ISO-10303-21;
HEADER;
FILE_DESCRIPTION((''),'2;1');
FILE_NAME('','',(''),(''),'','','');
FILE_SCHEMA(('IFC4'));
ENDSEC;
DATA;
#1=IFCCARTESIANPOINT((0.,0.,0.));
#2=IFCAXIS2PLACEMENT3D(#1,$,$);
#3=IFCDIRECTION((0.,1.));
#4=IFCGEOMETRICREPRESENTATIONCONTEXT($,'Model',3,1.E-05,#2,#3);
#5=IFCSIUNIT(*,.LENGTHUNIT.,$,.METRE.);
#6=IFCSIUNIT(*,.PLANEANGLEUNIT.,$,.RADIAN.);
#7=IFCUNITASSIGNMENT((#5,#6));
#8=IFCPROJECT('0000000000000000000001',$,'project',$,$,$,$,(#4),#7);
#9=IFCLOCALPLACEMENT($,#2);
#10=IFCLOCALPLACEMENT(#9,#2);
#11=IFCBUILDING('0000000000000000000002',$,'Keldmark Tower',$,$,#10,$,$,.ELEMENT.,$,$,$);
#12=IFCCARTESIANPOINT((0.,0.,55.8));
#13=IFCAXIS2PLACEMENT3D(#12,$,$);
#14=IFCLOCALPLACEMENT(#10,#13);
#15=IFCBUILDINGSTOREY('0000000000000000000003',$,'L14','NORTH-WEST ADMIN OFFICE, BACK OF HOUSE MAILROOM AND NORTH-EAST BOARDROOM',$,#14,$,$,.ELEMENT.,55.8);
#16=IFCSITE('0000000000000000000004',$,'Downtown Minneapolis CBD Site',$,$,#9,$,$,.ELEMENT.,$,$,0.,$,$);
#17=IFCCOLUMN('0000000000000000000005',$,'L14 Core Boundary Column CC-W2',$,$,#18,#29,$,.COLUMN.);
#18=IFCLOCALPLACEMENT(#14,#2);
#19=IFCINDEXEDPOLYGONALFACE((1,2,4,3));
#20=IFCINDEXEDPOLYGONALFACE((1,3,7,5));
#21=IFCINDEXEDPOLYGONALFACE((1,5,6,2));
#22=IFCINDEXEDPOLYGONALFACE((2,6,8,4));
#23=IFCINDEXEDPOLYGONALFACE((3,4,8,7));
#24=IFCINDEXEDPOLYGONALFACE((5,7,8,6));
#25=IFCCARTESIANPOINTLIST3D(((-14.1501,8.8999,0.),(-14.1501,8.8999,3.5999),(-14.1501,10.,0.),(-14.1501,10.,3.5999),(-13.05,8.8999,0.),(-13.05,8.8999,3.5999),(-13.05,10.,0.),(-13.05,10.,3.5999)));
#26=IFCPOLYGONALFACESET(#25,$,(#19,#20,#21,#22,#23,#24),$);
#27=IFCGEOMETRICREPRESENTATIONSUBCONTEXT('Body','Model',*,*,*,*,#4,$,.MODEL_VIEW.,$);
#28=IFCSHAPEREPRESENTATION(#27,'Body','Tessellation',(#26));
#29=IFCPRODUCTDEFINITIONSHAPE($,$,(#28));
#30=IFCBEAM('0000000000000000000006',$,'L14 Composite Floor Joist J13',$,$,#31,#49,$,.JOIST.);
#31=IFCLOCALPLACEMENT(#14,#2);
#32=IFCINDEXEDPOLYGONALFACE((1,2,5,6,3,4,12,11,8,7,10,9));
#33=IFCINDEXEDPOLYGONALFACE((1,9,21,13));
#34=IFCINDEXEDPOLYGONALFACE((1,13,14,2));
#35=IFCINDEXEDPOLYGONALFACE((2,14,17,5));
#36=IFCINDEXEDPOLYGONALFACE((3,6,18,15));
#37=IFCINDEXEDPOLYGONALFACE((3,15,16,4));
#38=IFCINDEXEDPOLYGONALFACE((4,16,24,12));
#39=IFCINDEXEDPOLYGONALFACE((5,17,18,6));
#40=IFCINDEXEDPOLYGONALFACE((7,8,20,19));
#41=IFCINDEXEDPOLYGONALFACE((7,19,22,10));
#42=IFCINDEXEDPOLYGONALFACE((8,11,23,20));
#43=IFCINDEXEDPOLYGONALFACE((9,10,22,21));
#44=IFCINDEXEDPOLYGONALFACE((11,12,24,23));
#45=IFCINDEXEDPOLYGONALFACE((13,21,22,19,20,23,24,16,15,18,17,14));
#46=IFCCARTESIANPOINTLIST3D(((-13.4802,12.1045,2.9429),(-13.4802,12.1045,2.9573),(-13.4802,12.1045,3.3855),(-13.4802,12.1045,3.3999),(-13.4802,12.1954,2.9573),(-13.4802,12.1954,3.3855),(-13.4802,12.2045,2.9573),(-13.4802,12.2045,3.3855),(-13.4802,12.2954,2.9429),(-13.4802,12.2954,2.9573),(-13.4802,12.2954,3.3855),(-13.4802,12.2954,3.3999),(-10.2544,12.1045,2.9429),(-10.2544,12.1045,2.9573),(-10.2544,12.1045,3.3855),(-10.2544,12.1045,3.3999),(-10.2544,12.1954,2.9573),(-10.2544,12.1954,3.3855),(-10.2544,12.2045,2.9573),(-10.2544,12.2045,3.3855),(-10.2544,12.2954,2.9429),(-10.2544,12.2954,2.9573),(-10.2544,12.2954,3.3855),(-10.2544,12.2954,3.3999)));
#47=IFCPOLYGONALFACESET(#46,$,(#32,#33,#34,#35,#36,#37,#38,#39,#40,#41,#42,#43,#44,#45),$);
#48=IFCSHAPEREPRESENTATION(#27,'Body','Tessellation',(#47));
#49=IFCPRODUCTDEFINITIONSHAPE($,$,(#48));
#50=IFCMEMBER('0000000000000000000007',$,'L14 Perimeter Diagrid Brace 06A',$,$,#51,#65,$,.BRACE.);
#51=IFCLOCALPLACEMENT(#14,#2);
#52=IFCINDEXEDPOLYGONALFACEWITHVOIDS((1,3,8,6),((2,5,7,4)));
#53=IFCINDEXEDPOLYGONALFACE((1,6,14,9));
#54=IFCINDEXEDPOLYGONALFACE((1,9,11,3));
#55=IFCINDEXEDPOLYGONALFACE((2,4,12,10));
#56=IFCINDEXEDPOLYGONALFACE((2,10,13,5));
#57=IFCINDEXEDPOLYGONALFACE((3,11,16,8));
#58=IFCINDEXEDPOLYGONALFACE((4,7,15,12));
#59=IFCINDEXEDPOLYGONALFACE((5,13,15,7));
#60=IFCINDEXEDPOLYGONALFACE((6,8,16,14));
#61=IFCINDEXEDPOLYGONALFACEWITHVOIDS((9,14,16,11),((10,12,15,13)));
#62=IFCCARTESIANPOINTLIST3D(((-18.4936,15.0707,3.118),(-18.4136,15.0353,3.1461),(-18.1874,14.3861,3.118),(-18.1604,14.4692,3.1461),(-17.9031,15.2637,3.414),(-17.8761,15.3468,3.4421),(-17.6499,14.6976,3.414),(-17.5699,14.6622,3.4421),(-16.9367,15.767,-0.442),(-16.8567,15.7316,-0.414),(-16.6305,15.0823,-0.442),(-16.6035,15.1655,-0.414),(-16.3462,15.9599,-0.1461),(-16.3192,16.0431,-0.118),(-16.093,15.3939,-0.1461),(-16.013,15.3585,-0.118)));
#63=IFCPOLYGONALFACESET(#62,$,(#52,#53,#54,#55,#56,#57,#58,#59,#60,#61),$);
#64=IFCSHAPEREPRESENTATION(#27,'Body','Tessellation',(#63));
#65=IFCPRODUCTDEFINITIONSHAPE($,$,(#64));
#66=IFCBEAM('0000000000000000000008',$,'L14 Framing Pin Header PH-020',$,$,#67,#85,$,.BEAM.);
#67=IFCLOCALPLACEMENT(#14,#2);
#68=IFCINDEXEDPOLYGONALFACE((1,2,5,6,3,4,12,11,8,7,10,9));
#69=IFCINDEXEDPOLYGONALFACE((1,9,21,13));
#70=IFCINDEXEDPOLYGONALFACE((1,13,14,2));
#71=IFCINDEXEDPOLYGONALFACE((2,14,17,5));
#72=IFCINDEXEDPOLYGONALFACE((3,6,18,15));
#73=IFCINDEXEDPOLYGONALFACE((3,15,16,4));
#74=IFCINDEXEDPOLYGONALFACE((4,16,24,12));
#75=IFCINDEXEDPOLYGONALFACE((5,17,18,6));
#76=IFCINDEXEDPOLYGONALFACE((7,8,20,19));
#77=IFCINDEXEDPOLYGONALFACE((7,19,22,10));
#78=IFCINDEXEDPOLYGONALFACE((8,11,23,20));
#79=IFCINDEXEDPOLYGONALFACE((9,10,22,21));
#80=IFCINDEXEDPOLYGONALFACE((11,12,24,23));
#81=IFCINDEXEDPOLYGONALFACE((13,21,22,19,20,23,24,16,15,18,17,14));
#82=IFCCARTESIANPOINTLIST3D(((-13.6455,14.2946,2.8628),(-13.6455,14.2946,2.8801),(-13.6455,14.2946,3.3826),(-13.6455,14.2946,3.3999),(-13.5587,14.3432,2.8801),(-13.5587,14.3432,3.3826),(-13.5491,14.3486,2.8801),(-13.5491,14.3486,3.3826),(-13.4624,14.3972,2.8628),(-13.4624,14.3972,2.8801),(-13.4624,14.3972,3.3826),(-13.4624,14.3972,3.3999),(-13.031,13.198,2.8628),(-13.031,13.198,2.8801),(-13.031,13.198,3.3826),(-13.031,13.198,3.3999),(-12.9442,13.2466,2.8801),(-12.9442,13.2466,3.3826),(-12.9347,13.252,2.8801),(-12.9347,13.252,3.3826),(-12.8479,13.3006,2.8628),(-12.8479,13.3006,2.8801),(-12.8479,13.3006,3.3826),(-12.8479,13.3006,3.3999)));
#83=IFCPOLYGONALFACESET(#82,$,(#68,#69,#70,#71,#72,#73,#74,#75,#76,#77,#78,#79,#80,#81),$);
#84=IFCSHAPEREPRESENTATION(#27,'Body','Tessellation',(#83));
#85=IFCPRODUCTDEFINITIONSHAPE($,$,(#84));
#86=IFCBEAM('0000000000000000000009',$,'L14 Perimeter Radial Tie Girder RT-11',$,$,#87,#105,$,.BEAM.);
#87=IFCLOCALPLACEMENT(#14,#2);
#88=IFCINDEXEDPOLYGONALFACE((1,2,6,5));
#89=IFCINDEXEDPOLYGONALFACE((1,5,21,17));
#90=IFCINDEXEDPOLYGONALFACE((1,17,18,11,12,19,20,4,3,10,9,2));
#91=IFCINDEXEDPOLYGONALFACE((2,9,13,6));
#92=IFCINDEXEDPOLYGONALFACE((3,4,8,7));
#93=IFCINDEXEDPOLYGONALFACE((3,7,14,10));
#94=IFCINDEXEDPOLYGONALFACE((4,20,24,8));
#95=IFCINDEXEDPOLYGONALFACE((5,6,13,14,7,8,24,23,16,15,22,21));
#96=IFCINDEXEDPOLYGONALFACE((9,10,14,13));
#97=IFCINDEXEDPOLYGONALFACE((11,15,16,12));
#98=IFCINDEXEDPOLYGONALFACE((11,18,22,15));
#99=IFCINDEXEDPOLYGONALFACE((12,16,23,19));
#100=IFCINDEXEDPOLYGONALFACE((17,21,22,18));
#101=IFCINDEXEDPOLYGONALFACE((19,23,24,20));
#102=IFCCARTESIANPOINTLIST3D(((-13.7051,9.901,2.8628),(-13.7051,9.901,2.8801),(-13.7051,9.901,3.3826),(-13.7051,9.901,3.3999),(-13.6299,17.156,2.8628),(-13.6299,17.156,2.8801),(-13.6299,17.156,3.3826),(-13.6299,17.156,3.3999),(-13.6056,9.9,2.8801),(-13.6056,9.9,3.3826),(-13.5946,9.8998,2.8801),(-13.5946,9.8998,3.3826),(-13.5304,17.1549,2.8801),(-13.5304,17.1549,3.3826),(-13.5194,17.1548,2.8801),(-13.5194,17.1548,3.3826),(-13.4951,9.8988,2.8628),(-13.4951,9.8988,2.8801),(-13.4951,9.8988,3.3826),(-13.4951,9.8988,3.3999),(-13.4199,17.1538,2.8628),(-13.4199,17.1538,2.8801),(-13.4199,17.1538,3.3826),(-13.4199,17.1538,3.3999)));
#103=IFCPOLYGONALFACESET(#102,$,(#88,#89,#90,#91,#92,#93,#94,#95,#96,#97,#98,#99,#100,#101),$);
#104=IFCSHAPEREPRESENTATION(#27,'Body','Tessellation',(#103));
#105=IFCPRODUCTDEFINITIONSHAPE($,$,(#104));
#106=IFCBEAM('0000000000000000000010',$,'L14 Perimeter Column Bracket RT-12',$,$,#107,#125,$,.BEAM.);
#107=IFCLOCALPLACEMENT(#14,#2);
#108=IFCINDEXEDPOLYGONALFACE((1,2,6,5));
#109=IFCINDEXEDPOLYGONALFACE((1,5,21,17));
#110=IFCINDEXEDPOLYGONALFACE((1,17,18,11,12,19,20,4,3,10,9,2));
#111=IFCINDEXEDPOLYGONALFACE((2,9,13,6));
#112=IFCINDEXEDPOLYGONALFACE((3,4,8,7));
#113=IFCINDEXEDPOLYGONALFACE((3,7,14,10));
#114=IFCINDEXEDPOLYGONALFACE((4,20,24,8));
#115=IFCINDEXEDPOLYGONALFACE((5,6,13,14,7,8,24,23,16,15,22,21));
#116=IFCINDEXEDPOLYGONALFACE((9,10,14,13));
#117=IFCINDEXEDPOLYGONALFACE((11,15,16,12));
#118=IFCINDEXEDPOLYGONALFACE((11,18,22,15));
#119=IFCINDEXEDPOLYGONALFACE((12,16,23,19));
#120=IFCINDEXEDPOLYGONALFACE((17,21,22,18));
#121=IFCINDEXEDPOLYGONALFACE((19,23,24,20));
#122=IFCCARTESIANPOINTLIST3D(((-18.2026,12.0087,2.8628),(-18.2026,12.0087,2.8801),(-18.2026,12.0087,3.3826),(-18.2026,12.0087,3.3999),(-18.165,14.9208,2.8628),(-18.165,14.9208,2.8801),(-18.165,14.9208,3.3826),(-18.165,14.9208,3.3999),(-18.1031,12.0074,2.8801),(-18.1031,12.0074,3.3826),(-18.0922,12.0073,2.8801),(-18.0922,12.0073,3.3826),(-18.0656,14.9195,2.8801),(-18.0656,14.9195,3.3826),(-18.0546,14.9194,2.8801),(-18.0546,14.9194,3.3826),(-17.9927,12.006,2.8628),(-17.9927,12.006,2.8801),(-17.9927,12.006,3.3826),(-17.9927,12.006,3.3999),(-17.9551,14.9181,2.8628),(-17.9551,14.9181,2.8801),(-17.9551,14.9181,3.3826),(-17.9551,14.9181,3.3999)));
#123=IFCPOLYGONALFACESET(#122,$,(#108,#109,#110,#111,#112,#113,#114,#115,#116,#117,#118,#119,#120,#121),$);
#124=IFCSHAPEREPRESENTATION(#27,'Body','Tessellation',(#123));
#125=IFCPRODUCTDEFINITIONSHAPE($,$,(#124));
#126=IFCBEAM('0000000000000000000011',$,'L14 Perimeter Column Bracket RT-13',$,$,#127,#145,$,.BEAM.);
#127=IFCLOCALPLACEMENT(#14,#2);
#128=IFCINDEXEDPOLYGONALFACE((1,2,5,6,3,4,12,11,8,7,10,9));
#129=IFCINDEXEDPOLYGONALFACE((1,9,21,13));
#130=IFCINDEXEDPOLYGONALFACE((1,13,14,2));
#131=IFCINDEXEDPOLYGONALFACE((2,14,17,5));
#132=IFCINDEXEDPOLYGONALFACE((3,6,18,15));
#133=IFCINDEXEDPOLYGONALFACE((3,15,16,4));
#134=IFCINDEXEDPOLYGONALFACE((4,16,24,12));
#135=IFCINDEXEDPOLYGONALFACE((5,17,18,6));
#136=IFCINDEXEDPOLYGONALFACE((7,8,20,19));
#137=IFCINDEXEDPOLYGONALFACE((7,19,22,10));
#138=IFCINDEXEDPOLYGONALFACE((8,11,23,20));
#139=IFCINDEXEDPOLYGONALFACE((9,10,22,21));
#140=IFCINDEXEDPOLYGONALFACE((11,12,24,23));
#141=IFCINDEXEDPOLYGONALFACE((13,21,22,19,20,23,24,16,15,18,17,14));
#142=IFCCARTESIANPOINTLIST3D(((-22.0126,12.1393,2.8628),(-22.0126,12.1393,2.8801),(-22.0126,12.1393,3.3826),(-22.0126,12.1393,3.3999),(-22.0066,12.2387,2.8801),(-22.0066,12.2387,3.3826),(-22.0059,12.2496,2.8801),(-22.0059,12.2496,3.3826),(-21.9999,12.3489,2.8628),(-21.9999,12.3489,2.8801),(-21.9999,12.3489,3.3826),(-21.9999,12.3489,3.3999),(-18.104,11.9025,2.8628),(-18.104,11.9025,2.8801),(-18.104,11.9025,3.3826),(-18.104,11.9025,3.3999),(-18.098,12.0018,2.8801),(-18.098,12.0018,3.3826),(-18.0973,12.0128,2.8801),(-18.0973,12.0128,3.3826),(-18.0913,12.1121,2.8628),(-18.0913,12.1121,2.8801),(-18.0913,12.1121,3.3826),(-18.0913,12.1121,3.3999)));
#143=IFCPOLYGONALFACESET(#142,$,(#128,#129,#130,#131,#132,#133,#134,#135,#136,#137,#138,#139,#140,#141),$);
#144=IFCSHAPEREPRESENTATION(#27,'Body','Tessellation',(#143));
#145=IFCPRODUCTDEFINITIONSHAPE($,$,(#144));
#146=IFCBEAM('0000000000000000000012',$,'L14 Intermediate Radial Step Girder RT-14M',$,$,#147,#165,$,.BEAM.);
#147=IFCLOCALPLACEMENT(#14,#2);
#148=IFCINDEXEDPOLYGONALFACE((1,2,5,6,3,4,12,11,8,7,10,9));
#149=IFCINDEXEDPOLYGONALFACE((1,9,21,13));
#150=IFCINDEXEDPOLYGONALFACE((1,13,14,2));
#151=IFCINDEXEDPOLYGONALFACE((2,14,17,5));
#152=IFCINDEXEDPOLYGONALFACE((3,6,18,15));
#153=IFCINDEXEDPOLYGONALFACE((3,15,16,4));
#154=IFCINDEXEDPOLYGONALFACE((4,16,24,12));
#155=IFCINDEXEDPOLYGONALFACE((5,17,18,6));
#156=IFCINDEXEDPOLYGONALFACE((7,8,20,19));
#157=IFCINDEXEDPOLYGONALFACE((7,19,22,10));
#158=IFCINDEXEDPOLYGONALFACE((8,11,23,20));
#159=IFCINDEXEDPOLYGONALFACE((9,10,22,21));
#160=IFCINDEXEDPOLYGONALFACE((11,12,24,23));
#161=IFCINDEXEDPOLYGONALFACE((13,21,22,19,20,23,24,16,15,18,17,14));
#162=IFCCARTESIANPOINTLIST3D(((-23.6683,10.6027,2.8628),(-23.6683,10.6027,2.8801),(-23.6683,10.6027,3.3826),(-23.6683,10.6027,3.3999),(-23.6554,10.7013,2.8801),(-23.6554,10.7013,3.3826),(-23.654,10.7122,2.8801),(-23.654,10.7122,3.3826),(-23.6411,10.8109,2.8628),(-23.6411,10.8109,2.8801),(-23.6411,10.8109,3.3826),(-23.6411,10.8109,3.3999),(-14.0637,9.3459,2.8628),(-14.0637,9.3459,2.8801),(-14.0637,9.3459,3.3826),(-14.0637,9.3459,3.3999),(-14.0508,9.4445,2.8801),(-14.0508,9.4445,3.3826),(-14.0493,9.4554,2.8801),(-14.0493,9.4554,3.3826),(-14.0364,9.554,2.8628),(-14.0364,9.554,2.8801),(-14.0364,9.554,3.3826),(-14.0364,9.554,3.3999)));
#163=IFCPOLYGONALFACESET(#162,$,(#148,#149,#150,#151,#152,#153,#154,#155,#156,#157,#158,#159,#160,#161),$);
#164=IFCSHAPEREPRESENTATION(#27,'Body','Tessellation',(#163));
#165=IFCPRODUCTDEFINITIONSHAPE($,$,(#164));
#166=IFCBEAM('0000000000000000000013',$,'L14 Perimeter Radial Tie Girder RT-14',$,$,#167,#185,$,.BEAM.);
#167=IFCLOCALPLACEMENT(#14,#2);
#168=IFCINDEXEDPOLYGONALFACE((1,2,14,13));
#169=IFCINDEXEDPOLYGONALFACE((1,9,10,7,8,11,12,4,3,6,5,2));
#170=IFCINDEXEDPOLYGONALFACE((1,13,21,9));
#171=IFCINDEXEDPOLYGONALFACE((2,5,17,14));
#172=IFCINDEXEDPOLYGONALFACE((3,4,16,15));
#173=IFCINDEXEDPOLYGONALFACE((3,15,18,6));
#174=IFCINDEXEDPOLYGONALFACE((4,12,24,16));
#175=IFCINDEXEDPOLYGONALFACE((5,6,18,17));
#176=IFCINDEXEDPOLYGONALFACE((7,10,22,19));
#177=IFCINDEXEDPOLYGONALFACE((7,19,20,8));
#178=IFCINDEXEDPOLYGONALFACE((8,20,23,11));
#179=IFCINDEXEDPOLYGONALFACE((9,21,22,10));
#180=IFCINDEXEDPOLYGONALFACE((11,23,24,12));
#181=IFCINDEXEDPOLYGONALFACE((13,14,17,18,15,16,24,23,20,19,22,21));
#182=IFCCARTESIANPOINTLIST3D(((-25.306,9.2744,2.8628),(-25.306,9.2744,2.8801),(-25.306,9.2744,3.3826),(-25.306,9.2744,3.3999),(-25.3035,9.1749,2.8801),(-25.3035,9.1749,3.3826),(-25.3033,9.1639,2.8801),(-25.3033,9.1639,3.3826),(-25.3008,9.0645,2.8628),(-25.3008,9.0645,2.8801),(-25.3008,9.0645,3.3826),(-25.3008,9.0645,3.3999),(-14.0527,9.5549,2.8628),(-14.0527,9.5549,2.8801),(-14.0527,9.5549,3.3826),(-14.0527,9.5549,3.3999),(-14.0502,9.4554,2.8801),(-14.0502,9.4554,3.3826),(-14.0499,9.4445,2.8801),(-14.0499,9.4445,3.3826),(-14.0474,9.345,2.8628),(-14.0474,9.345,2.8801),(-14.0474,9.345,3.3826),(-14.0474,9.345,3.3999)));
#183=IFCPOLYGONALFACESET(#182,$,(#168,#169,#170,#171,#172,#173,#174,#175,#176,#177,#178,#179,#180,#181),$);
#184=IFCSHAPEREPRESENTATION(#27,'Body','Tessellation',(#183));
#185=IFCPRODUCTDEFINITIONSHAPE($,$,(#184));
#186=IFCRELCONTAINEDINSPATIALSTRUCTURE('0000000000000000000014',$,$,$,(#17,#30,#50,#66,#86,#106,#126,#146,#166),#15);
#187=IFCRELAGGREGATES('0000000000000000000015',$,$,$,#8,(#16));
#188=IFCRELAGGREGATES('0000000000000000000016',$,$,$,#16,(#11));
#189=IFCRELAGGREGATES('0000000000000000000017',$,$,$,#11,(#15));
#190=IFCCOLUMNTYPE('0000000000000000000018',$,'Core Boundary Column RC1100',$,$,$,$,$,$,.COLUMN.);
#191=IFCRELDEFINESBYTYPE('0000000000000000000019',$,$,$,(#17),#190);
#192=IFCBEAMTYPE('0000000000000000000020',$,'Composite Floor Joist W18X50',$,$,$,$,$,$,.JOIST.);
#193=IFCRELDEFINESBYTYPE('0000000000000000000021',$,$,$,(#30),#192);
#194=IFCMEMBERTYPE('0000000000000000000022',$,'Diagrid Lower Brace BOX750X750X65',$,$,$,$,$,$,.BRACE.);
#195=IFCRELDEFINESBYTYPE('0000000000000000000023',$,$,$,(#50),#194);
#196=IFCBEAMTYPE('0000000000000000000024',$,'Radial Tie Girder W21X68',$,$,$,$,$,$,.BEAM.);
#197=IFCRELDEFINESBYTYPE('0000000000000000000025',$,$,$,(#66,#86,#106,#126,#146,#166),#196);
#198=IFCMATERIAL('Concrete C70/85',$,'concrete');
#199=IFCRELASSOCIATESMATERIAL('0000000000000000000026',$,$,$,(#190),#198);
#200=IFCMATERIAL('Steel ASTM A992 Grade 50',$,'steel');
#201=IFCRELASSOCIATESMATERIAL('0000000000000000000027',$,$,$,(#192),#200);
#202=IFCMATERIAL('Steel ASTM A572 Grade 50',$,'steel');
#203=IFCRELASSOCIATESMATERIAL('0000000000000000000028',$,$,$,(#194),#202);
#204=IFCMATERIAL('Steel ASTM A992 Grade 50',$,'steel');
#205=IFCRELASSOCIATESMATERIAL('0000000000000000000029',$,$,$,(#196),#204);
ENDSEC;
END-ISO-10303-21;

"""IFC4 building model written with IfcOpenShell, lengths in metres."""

from ifc_helpers import new_model, si_unit, direction, frame, origin, origin_2d, place, context, subcontext, project, spatial, rectangle, hollow_rectangle, i_section, extrude, material, material_profile, profile_set, type_object, element, save


model = new_model("IFC4")

# Units and contexts
model_context = context("Model", 3, precision=1e-05, world=origin(), true_north=direction((0.0, 1.0)))
body_context = subcontext(model_context, "Body", "Model", "MODEL_VIEW")
ifc_project = project(units=[si_unit("LENGTHUNIT", "METRE"), si_unit("PLANEANGLEUNIT", "RADIAN")], contexts=[model_context])

# Site, building, storey
site_placement = place(None, origin())
site = spatial("IfcSite", under=ifc_project, at=site_placement, Name="Downtown Minneapolis CBD Site", CompositionType="ELEMENT", RefElevation=0.0)
building_placement = place(site_placement, origin())
building = spatial("IfcBuilding", under=site, at=building_placement, Name="Keldmark Tower", CompositionType="ELEMENT")
storey_placement = place(building_placement, frame((0.0, 0.0, 55.8)))
storey = spatial("IfcBuildingStorey", under=building, at=storey_placement, Name="L14", Description="NORTH-WEST ADMIN OFFICE, BACK OF HOUSE MAILROOM AND NORTH-EAST BOARDROOM", CompositionType="ELEMENT", Elevation=55.8)

# Column
ifc_material_1 = material(Name="Concrete C70/85", Category="concrete")
ifc_material_profile_1 = material_profile(ifc_material_1, rectangle(XDim=1.1001, YDim=1.1001, at=origin_2d()), Name="RC1100X1100")
ifc_profile_set_1 = profile_set([ifc_material_profile_1], Name="Concrete C70/85")
column_type = type_object("IfcColumnType", Name="Core Boundary Column RC1100", PredefinedType="COLUMN", material=ifc_profile_set_1)
column_placement = place(storey_placement, frame((-13.6001, 9.45, 0.0), z_axis=(0.0, 0.0, 1.0), x_axis=(1.0, 0.0, 0.0)))
element("IfcColumn", 1, at=column_placement, inside=storey, type_object=column_type, Name="L14 Core Boundary Column CC-W2", PredefinedType="COLUMN", context=body_context, shape_type="SweptSolid", body=[
    extrude(rectangle(XDim=1.1001, YDim=1.1001, at=origin_2d()), origin(), (0.0, 0.0, 1.0), 3.5999),
])

# Beam
ifc_material_2 = material(Name="Steel ASTM A992 Grade 50", Category="steel")
ifc_material_profile_2 = material_profile(ifc_material_2, i_section(OverallWidth=0.1909, OverallDepth=0.457, WebThickness=0.009, FlangeThickness=0.0144, at=origin_2d()), Name="W18X50")
ifc_profile_set_2 = profile_set([ifc_material_profile_2], Name="Steel ASTM A992 Grade 50")
beam_type_1 = type_object("IfcBeamType", Name="Composite Floor Joist W18X50", PredefinedType="JOIST", material=ifc_profile_set_2)
beam_1_placement = place(storey_placement, frame((-13.4802, 12.2, 3.1714), z_axis=(1.0, 0.0, 0.0), x_axis=(0.0, 1.0, 0.0)))
element("IfcBeam", 2, at=beam_1_placement, inside=storey, type_object=beam_type_1, Name="L14 Composite Floor Joist J13", PredefinedType="JOIST", context=body_context, shape_type="SweptSolid", body=[
    extrude(i_section(OverallWidth=0.1909, OverallDepth=0.457, WebThickness=0.009, FlangeThickness=0.0144, at=origin_2d()), origin(), (0.0, 0.0, 1.0), 3.2258),
])

# Member
ifc_material_3 = material(Name="Steel ASTM A572 Grade 50", Category="steel")
ifc_material_profile_3 = material_profile(ifc_material_3, hollow_rectangle(XDim=0.75, YDim=0.75, WallThickness=0.0649, at=origin_2d()), Name="BOX750X750X65")
ifc_profile_set_3 = profile_set([ifc_material_profile_3], Name="Steel ASTM A572 Grade 50")
member_type = type_object("IfcMemberType", Name="Diagrid Lower Brace BOX750X750X65", PredefinedType="BRACE", material=ifc_profile_set_3)
member_placement = place(storey_placement, frame((-16.4749, 15.5627, -0.28), z_axis=(-0.394398, -0.176388, 0.901852), x_axis=(0.408262, -0.912865, 0.0)))
element("IfcMember", 3, at=member_placement, inside=storey, type_object=member_type, Name="L14 Perimeter Diagrid Brace 06A", PredefinedType="BRACE", context=body_context, shape_type="SweptSolid", body=[
    extrude(hollow_rectangle(XDim=0.75, YDim=0.75, WallThickness=0.0649, at=origin_2d()), origin(), (0.0, 0.0, 1.0), 3.9475),
])

# Beams
ifc_material_4 = material(Name="Steel ASTM A992 Grade 50", Category="steel")
ifc_material_profile_4 = material_profile(ifc_material_4, i_section(OverallWidth=0.21, OverallDepth=0.5371, WebThickness=0.011, FlangeThickness=0.0173, at=origin_2d()), Name="W21X68")
ifc_profile_set_4 = profile_set([ifc_material_profile_4], Name="Steel ASTM A992 Grade 50")
beam_type_2 = type_object("IfcBeamType", Name="Radial Tie Girder W21X68", PredefinedType="BEAM", material=ifc_profile_set_4)
beam_2_placement = place(storey_placement, frame((-12.9395, 13.2493, 3.1313), z_axis=(-0.488822, 0.872383, 0.0), x_axis=(-0.872383, -0.488822, 0.0)))
element("IfcBeam", 4, at=beam_2_placement, inside=storey, type_object=beam_type_2, Name="L14 Framing Pin Header PH-020", PredefinedType="BEAM", context=body_context, shape_type="SweptSolid", body=[
    extrude(i_section(OverallWidth=0.21, OverallDepth=0.5371, WebThickness=0.011, FlangeThickness=0.0173, at=origin_2d()), origin(), (0.0, 0.0, 1.0), 1.2571),
])
beam_3_placement = place(storey_placement, frame((-13.6001, 9.8999, 3.1313), z_axis=(0.010364, 0.999946, 0.0), x_axis=(-0.999946, 0.010364, 0.0)))
element("IfcBeam", 5, at=beam_3_placement, inside=storey, type_object=beam_type_2, Name="L14 Perimeter Radial Tie Girder RT-11", PredefinedType="BEAM", context=body_context, shape_type="SweptSolid", body=[
    extrude(i_section(OverallWidth=0.21, OverallDepth=0.5371, WebThickness=0.011, FlangeThickness=0.0173, at=origin_2d()), origin(), (0.0, 0.0, 1.0), 7.2554),
])
beam_4_placement = place(storey_placement, frame((-18.0977, 12.0073, 3.1313), z_axis=(0.01291, 0.999917, 0.0), x_axis=(-0.999917, 0.01291, 0.0)))
element("IfcBeam", 6, at=beam_4_placement, inside=storey, type_object=beam_type_2, Name="L14 Perimeter Column Bracket RT-12", PredefinedType="BEAM", context=body_context, shape_type="SweptSolid", body=[
    extrude(i_section(OverallWidth=0.21, OverallDepth=0.5371, WebThickness=0.011, FlangeThickness=0.0173, at=origin_2d()), origin(), (0.0, 0.0, 1.0), 2.9124),
])
beam_5_placement = place(storey_placement, frame((-18.0977, 12.0073, 3.1313), z_axis=(-0.99817, 0.060476, 0.0), x_axis=(-0.060476, -0.99817, 0.0)))
element("IfcBeam", 7, at=beam_5_placement, inside=storey, type_object=beam_type_2, Name="L14 Perimeter Column Bracket RT-13", PredefinedType="BEAM", context=body_context, shape_type="SweptSolid", body=[
    extrude(i_section(OverallWidth=0.21, OverallDepth=0.5371, WebThickness=0.011, FlangeThickness=0.0173, at=origin_2d()), origin(), (0.0, 0.0, 1.0), 3.9158),
])
beam_6_placement = place(storey_placement, frame((-14.05, 9.45, 3.1313), z_axis=(-0.991547, 0.12975, 0.0), x_axis=(-0.12975, -0.991547, 0.0)))
element("IfcBeam", 8, at=beam_6_placement, inside=storey, type_object=beam_type_2, Name="L14 Intermediate Radial Step Girder RT-14M", PredefinedType="BEAM", context=body_context, shape_type="SweptSolid", body=[
    extrude(i_section(OverallWidth=0.21, OverallDepth=0.5371, WebThickness=0.011, FlangeThickness=0.0173, at=origin_2d()), origin(), (0.0, 0.0, 1.0), 9.6865),
])
beam_7_placement = place(storey_placement, frame((-14.05, 9.45, 3.1313), z_axis=(-0.999689, -0.02492, 0.0), x_axis=(0.02492, -0.999689, 0.0)))
element("IfcBeam", 9, at=beam_7_placement, inside=storey, type_object=beam_type_2, Name="L14 Perimeter Radial Tie Girder RT-14", PredefinedType="BEAM", context=body_context, shape_type="SweptSolid", body=[
    extrude(i_section(OverallWidth=0.21, OverallDepth=0.5371, WebThickness=0.011, FlangeThickness=0.0173, at=origin_2d()), origin(), (0.0, 0.0, 1.0), 11.2568),
])

save(model, "model.ifc")
